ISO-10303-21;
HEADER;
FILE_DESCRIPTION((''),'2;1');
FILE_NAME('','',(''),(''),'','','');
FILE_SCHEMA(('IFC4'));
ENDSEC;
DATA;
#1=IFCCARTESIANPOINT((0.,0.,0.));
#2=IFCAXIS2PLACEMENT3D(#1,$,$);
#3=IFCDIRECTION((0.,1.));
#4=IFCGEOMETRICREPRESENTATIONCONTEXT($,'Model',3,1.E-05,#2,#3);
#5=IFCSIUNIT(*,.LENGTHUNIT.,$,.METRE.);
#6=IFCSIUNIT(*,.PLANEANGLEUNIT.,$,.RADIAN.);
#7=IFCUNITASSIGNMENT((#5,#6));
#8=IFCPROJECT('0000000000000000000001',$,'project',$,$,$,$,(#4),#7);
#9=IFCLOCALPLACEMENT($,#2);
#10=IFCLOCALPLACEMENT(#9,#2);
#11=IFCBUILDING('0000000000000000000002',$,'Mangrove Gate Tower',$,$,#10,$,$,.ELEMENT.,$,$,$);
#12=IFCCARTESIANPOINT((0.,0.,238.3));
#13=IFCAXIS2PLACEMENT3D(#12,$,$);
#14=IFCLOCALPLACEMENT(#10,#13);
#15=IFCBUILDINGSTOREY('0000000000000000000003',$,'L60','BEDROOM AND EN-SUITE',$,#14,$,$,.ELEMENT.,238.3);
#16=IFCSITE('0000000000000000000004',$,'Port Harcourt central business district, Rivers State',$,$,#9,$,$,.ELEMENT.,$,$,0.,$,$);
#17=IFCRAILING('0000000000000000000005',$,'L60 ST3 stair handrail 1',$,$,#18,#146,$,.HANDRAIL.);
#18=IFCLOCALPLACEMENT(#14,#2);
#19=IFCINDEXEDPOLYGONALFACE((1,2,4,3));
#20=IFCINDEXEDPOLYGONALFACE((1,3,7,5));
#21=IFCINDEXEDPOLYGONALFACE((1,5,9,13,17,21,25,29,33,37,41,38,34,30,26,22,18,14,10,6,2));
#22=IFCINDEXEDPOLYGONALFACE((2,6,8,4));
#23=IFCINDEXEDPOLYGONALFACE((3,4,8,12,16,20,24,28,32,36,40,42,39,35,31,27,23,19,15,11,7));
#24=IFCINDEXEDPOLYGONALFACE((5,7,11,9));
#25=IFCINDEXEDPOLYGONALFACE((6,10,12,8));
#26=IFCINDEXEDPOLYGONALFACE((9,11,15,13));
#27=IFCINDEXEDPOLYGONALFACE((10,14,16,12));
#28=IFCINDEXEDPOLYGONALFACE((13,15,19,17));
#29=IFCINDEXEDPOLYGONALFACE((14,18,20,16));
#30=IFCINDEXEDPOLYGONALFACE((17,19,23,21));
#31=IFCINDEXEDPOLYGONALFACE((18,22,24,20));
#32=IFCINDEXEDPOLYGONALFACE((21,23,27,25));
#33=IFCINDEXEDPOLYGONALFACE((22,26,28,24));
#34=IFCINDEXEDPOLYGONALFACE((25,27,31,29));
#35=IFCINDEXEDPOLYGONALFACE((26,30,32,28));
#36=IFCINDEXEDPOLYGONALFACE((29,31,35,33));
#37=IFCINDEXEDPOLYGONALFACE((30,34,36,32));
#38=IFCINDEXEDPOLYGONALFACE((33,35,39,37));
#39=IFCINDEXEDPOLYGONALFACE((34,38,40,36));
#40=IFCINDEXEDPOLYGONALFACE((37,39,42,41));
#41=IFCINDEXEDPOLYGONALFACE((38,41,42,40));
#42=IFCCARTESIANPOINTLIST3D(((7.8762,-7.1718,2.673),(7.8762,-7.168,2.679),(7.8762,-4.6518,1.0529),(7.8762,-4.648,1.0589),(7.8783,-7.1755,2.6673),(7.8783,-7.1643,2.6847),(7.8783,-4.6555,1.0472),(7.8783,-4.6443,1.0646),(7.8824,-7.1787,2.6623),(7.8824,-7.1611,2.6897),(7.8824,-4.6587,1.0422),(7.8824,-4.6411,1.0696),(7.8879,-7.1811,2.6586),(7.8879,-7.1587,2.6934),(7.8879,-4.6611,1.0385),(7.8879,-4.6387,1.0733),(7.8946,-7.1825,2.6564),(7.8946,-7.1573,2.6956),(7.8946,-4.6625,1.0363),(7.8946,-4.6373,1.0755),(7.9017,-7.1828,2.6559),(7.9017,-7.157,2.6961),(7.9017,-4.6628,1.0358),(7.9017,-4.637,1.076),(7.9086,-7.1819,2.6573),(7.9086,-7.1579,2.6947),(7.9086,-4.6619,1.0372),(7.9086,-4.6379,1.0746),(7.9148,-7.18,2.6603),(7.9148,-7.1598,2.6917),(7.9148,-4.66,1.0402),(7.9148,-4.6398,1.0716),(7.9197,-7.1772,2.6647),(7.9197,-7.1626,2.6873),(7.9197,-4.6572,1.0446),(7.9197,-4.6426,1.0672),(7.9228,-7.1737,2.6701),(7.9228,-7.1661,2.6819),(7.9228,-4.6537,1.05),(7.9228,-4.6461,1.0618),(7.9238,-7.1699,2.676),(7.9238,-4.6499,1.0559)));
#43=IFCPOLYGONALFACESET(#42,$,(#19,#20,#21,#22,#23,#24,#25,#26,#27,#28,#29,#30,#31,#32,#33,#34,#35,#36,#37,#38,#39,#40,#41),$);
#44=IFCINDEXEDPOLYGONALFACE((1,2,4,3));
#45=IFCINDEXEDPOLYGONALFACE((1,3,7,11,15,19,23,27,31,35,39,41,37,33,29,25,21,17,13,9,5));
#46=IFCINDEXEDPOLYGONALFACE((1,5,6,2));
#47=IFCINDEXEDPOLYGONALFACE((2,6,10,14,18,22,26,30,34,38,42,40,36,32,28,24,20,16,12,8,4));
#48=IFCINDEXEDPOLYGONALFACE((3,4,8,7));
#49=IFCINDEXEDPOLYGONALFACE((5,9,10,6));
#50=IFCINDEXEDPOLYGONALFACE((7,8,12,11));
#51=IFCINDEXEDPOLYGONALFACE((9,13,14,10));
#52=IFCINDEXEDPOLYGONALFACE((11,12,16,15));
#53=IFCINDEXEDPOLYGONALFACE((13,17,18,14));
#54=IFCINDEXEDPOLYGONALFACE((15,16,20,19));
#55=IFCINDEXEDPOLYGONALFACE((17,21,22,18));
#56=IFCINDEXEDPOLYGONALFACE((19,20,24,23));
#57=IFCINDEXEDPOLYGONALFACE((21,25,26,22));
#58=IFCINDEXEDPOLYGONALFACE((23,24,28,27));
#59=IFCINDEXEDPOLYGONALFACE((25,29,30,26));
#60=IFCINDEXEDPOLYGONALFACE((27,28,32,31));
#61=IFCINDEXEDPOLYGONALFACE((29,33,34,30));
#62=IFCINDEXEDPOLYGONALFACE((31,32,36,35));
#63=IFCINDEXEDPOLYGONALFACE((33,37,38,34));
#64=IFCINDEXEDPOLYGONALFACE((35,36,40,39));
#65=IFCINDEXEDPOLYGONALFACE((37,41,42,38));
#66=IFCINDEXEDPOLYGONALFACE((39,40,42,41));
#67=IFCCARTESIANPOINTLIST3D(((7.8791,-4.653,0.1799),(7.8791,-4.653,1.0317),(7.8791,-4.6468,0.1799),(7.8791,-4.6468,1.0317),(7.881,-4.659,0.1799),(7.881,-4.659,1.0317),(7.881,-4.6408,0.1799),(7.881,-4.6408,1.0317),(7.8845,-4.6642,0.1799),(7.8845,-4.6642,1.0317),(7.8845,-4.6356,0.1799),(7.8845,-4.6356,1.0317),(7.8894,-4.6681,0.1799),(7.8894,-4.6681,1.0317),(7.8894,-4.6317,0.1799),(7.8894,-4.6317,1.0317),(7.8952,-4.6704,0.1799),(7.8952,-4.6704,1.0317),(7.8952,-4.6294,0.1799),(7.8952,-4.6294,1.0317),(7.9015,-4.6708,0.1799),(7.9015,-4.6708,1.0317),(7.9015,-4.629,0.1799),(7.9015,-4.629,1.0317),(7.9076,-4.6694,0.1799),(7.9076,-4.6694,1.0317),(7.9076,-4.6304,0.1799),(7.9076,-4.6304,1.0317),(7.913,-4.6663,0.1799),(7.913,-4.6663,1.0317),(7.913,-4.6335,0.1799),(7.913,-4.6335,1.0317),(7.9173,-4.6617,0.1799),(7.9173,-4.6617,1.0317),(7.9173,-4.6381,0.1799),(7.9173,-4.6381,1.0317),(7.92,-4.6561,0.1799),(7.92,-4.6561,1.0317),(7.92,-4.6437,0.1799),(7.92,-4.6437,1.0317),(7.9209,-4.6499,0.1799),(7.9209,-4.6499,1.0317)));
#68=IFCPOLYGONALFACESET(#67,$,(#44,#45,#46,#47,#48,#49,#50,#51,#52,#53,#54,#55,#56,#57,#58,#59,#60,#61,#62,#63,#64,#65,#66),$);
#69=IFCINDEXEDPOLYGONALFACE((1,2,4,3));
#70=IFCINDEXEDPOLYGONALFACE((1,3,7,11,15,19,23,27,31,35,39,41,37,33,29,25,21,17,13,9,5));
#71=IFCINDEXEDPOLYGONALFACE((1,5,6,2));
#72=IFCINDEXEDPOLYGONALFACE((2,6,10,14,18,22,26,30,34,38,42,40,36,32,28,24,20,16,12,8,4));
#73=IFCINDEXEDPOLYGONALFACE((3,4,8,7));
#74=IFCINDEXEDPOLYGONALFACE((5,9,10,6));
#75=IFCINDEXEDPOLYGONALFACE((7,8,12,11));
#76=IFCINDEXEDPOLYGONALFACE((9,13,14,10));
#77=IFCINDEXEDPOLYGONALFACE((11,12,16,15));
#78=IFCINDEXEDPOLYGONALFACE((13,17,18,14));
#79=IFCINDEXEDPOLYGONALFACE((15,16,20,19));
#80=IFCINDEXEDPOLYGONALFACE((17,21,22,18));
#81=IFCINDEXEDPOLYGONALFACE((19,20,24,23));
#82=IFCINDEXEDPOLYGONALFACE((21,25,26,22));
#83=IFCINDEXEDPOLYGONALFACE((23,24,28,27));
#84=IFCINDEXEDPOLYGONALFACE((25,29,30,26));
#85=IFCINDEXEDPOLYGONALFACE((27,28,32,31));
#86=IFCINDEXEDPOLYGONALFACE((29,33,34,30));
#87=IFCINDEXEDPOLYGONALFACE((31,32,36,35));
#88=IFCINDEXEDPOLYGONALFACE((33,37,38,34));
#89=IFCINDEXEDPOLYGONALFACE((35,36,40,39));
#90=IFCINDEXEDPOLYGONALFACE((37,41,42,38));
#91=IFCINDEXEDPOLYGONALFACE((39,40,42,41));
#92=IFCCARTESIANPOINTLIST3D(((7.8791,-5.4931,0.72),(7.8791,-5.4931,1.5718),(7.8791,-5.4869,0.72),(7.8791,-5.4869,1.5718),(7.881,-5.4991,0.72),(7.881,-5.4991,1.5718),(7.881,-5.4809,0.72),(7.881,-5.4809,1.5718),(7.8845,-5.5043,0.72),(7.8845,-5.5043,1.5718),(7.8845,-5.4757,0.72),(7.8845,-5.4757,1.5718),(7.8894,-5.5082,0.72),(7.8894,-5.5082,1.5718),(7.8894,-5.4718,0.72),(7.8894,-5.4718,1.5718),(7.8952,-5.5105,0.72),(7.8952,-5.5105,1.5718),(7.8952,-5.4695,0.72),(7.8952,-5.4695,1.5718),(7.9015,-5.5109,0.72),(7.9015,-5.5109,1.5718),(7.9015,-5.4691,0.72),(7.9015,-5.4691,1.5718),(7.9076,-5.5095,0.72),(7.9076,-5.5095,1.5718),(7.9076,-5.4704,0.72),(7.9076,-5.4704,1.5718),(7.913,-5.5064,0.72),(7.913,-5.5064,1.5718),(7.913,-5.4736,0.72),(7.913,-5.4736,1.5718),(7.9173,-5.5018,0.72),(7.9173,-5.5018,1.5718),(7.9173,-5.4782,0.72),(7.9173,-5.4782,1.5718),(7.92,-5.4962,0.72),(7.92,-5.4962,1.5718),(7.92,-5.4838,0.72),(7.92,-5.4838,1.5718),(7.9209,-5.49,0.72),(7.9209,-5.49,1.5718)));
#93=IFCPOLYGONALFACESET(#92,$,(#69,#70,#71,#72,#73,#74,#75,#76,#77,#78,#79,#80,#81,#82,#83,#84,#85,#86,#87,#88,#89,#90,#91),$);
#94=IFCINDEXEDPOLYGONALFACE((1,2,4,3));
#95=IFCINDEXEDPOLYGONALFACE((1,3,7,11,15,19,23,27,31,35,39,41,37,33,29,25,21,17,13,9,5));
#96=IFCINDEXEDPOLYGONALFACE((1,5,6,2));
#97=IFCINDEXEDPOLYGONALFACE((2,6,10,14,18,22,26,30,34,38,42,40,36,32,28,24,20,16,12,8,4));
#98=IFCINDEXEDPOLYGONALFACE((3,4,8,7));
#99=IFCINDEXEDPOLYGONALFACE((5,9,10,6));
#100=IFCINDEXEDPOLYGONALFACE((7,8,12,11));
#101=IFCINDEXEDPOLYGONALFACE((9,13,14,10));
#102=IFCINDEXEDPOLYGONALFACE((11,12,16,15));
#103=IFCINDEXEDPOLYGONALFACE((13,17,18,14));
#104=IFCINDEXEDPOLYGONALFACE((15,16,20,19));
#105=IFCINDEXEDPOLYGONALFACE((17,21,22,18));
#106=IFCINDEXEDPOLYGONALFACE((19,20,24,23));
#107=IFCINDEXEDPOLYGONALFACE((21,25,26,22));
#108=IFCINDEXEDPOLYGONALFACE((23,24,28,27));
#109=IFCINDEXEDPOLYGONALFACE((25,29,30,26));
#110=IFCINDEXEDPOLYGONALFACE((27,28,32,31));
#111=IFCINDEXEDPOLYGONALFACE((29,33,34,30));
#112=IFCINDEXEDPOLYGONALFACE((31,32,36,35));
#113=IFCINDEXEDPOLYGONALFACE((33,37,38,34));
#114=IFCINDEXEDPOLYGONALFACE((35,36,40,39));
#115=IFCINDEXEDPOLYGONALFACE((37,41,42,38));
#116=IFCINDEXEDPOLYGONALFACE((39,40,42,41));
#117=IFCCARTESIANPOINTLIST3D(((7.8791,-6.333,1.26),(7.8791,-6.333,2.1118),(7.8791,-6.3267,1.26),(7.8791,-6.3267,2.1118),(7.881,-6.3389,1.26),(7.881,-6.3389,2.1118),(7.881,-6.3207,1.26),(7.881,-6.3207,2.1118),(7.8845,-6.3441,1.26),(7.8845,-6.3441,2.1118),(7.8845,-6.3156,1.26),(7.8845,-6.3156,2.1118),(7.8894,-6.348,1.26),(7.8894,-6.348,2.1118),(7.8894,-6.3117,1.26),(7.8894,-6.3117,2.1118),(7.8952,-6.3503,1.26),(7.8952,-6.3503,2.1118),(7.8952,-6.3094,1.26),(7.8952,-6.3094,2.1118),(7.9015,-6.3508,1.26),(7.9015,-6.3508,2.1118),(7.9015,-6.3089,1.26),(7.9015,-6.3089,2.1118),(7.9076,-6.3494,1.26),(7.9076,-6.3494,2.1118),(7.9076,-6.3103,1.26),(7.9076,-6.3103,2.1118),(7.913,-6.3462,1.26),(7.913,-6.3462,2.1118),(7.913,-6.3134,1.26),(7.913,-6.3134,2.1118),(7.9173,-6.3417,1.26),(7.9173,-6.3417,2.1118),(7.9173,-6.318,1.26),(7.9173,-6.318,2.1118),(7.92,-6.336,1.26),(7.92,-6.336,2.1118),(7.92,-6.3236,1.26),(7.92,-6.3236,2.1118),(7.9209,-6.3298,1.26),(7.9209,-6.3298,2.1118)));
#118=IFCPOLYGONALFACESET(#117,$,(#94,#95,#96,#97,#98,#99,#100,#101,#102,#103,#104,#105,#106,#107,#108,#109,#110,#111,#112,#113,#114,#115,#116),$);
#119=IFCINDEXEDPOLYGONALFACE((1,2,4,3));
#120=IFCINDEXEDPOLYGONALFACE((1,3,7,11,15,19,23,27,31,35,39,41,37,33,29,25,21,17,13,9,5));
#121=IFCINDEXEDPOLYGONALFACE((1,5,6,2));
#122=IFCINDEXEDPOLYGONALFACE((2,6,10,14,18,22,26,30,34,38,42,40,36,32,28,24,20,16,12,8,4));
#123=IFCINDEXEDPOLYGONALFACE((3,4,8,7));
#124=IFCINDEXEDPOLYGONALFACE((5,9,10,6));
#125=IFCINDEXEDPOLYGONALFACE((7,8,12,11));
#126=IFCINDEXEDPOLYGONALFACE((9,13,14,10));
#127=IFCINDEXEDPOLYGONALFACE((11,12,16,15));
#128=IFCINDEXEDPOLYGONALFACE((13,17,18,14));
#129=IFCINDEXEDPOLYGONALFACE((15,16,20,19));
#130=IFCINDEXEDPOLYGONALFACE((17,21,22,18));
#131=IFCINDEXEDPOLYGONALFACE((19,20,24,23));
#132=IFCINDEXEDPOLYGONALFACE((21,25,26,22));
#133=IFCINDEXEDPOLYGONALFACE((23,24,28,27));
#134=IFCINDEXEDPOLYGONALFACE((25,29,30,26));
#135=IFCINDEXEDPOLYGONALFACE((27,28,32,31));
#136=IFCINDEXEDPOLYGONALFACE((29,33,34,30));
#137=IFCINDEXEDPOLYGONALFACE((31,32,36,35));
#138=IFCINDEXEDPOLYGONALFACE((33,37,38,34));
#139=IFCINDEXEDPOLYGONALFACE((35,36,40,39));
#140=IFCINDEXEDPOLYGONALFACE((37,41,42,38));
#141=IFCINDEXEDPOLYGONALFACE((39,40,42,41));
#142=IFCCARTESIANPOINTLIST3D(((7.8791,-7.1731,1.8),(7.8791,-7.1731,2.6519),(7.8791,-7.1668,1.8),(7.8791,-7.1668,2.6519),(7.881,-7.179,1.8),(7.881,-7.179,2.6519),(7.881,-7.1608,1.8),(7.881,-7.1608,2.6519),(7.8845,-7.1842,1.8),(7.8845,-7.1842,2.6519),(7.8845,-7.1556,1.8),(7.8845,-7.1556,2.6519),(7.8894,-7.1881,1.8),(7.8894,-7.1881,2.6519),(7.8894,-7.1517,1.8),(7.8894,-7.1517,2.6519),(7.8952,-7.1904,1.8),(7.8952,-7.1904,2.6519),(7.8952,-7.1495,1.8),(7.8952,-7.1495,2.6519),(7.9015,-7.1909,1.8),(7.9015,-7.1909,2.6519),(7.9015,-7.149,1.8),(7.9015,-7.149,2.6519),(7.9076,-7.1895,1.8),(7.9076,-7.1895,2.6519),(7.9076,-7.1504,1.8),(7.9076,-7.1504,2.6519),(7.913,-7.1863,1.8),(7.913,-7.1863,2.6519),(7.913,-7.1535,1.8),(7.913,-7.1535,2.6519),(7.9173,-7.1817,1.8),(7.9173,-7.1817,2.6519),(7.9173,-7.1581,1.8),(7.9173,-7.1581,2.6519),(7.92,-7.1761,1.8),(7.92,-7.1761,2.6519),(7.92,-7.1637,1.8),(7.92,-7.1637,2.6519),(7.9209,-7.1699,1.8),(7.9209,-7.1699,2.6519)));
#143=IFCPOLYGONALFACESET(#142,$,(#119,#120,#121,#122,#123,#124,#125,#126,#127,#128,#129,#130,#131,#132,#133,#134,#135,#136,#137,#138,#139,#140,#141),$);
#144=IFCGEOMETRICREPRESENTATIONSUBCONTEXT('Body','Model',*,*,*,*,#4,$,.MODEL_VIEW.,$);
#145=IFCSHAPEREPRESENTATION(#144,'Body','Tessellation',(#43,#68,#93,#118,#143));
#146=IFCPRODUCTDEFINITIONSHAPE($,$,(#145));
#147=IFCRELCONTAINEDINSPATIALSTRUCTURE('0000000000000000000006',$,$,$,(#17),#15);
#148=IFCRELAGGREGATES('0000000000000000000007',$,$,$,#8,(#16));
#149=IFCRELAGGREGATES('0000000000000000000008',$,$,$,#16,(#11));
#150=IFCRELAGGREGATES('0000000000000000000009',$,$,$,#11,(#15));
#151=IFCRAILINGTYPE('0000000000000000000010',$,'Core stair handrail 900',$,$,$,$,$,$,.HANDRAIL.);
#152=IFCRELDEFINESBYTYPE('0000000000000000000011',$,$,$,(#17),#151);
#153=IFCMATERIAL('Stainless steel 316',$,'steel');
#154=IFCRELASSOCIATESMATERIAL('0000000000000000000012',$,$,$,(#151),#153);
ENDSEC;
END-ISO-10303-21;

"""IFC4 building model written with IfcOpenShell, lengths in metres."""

from ifc_helpers import new_model, si_unit, direction, frame, origin, origin_2d, place, context, subcontext, project, spatial, circle, extrude, material, type_object, element, save


model = new_model("IFC4")

# Units and contexts
model_context = context("Model", 3, precision=1e-05, world=origin(), true_north=direction((0.0, 1.0)))
body_context = subcontext(model_context, "Body", "Model", "MODEL_VIEW")
ifc_project = project(units=[si_unit("LENGTHUNIT", "METRE"), si_unit("PLANEANGLEUNIT", "RADIAN")], contexts=[model_context])

# Site, building, storey
site_placement = place(None, origin())
site = spatial("IfcSite", under=ifc_project, at=site_placement, Name="Port Harcourt central business district, Rivers State", CompositionType="ELEMENT", RefElevation=0.0)
building_placement = place(site_placement, origin())
building = spatial("IfcBuilding", under=site, at=building_placement, Name="Mangrove Gate Tower", CompositionType="ELEMENT")
storey_placement = place(building_placement, frame((0.0, 0.0, 238.3)))
storey = spatial("IfcBuildingStorey", under=building, at=storey_placement, Name="L60", Description="BEDROOM AND EN-SUITE", CompositionType="ELEMENT", Elevation=238.3)

# Railing
ifc_material_1 = material(Name="Stainless steel 316", Category="steel")
railing_type_1 = type_object("IfcRailingType", Name="Core stair handrail 900", PredefinedType="HANDRAIL", material=ifc_material_1)
railing_1_placement = place(storey_placement, frame((7.8999, -4.6499, 0.1799)))
element("IfcRailing", 1, at=railing_1_placement, inside=storey, type_object=railing_type_1, Name="L60 ST3 stair handrail 1", PredefinedType="HANDRAIL", context=body_context, shape_type="SweptSolid", body=[
    extrude(circle(Radius=0.0239, at=origin_2d()), frame((0.0, 0.0, 0.876), z_axis=(0.0, -0.841163, 0.540782), x_axis=(1.0, 0.0, 0.0)), (0.0, 0.0, 1.0), 2.9958),
    extrude(circle(Radius=0.021, at=origin_2d()), origin(), (0.0, 0.0, 1.0), 0.8518),
    extrude(circle(Radius=0.021, at=origin_2d()), frame((0.0, -0.8401, 0.54)), (0.0, 0.0, 1.0), 0.8518),
    extrude(circle(Radius=0.021, at=origin_2d()), frame((0.0, -1.6799, 1.0801)), (0.0, 0.0, 1.0), 0.8518),
    extrude(circle(Radius=0.021, at=origin_2d()), frame((0.0, -2.52, 1.6201)), (0.0, 0.0, 1.0), 0.8518),
])

save(model, "model.ifc")
